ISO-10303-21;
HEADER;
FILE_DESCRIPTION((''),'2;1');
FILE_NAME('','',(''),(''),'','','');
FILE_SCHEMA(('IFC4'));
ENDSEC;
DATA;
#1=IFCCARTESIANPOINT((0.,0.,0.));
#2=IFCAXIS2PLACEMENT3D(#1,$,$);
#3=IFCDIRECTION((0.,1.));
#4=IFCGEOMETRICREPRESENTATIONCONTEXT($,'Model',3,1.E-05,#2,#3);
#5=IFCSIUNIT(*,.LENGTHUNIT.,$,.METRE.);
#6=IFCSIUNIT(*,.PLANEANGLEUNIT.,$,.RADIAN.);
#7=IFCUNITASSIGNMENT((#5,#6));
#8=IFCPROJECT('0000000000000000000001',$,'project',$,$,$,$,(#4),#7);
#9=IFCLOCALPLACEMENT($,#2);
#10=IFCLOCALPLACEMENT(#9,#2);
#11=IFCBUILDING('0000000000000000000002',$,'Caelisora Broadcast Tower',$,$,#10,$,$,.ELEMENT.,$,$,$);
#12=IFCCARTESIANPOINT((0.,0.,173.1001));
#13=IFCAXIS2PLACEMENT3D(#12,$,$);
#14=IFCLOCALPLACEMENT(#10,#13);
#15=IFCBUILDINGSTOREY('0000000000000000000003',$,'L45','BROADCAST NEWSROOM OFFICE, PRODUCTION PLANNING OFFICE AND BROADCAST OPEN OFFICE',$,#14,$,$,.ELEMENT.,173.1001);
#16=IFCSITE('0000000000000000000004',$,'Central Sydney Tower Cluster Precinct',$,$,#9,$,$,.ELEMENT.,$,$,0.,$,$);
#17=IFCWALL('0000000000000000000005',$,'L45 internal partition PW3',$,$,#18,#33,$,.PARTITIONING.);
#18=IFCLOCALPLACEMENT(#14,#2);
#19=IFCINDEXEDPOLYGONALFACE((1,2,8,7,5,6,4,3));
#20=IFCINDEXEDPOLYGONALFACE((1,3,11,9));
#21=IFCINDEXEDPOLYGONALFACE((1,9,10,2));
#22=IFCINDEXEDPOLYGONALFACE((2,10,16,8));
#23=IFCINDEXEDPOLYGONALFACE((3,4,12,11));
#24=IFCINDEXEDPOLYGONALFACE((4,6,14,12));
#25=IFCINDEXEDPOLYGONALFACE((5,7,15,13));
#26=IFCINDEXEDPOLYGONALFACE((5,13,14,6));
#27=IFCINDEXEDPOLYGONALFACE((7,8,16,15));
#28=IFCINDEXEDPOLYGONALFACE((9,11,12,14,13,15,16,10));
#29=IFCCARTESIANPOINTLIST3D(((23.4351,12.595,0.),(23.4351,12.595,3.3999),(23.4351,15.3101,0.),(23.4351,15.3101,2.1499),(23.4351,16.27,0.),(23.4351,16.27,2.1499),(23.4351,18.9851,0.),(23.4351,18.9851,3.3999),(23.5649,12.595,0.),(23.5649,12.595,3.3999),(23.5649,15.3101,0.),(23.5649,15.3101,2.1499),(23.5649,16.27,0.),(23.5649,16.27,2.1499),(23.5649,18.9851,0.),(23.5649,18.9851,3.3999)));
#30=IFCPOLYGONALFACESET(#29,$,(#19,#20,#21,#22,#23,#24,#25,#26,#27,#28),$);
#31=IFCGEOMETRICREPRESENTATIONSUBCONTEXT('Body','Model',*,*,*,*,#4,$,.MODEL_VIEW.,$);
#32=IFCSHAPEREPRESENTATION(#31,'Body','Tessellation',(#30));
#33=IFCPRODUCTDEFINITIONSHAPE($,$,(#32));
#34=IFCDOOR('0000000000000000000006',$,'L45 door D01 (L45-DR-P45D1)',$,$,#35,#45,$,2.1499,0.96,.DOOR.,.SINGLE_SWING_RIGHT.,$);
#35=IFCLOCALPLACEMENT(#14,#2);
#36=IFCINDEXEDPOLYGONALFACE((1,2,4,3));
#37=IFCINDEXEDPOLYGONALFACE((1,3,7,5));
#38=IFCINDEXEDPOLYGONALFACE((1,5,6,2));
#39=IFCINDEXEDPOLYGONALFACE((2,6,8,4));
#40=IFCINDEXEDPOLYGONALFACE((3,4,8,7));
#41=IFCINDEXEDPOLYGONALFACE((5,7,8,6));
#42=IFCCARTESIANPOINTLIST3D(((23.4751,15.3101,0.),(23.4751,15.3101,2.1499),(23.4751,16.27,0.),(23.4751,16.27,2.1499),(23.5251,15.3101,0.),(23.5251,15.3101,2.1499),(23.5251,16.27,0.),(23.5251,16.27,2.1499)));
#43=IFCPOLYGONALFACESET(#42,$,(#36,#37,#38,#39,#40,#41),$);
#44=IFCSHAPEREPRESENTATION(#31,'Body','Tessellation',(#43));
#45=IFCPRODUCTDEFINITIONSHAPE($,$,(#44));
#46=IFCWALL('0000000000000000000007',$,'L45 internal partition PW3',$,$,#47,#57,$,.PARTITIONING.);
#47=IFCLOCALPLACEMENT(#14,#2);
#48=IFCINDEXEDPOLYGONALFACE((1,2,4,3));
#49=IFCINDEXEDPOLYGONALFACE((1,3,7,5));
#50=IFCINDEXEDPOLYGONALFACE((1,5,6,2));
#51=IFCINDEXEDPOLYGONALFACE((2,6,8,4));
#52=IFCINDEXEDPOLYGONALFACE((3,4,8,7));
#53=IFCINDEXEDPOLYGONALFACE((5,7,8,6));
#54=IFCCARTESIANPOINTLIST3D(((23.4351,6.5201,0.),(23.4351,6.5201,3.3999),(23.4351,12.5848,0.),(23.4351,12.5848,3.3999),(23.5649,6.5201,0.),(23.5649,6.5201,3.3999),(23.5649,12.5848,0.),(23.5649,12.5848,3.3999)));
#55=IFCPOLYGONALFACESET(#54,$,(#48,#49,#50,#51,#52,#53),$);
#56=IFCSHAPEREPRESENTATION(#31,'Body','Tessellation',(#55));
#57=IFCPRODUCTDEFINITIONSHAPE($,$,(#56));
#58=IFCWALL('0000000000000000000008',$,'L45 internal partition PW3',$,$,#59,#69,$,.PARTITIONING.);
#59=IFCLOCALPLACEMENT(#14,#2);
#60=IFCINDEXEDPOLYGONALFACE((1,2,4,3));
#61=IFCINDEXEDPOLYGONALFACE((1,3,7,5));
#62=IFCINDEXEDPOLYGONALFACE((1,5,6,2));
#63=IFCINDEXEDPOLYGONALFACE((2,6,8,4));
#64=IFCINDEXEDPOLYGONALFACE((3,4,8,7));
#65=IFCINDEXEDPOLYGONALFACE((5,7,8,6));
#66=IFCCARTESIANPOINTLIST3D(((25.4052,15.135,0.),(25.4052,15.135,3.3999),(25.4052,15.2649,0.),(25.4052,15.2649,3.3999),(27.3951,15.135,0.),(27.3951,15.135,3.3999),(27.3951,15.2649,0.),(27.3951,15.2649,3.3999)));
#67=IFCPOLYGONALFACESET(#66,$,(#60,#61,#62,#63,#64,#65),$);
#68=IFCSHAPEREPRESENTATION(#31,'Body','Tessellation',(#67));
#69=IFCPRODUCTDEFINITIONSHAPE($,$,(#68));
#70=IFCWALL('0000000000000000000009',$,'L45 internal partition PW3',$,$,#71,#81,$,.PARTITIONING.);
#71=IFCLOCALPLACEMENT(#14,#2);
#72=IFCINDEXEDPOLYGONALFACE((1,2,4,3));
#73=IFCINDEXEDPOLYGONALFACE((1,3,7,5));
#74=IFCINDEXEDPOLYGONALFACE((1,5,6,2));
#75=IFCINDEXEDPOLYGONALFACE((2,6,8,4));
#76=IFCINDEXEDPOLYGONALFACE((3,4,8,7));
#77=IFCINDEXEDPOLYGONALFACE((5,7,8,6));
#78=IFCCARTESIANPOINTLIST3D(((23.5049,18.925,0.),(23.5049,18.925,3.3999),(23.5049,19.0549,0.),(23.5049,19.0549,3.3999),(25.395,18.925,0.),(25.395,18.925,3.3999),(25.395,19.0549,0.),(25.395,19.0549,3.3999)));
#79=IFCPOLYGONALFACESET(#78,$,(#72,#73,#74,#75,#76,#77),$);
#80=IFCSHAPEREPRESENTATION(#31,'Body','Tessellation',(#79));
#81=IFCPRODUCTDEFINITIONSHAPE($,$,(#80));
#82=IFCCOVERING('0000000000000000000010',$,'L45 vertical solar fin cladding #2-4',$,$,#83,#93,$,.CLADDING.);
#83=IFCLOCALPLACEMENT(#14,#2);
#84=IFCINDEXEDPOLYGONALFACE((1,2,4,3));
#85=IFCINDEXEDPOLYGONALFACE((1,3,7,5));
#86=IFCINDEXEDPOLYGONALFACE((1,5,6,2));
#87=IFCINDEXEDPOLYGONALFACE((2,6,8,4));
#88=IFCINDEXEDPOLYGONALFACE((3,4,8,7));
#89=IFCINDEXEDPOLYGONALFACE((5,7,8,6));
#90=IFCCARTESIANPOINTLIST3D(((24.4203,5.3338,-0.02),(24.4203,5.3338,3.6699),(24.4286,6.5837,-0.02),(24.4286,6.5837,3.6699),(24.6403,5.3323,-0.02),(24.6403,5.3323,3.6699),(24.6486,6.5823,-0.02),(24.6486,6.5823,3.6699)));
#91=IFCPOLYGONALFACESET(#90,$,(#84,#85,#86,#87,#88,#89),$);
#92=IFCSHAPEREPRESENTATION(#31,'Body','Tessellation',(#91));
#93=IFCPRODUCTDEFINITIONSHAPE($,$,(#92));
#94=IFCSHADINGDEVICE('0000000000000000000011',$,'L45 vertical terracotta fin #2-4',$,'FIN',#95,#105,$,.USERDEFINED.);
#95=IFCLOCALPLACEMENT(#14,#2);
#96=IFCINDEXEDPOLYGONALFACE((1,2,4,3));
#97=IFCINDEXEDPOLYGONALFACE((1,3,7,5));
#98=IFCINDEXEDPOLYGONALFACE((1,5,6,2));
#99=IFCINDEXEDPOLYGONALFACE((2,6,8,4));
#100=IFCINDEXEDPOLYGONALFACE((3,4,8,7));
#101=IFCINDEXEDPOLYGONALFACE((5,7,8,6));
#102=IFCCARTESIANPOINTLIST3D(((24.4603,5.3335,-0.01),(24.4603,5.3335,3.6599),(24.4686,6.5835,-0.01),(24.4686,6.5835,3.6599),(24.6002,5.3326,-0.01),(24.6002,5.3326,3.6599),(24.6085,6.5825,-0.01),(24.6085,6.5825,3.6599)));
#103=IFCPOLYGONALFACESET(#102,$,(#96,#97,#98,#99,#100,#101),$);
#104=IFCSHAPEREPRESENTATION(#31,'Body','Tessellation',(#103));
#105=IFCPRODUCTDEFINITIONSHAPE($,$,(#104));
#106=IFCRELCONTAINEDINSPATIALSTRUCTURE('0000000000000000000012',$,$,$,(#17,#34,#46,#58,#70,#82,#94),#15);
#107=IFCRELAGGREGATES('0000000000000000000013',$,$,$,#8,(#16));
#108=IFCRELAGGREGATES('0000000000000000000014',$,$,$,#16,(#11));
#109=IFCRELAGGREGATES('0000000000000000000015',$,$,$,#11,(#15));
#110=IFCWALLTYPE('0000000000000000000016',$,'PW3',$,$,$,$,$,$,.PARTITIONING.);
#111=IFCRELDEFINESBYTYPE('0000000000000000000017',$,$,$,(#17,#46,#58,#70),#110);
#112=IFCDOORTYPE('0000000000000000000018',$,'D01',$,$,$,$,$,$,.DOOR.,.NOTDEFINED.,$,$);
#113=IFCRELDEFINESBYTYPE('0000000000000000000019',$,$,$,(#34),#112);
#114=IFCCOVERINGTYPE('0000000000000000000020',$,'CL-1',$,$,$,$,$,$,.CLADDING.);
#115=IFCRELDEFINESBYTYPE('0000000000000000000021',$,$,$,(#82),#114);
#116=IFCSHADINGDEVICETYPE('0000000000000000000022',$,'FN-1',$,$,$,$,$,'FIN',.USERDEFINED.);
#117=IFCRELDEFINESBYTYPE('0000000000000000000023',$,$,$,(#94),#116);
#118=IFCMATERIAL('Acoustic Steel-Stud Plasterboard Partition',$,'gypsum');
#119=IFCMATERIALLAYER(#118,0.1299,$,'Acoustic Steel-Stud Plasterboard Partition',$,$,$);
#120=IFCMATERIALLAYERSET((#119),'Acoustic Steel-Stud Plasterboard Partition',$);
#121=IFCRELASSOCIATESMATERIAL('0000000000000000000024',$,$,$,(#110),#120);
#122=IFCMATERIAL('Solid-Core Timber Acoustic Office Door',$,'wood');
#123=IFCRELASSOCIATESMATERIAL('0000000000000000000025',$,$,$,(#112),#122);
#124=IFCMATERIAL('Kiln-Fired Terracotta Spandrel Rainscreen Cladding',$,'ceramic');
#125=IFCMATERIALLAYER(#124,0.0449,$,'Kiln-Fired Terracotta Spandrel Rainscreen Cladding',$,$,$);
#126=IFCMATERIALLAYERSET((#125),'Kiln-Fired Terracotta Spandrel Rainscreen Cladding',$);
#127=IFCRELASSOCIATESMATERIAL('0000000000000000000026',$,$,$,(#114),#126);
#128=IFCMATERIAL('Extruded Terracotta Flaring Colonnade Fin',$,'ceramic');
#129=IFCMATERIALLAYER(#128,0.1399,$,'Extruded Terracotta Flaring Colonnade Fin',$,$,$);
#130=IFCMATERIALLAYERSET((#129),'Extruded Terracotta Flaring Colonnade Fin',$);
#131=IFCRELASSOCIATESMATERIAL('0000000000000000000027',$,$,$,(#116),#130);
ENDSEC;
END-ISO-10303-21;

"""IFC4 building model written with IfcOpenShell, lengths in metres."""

from ifc_helpers import new_model, si_unit, direction, frame, frame_2d, origin, origin_2d, place, context, subcontext, project, spatial, rectangle, extrude, source, transform, mapped, material, layer, layer_set, type_object, type_shapes, element, fill, save


model = new_model("IFC4")

# Units and contexts
model_context = context("Model", 3, precision=1e-05, world=origin(), true_north=direction((0.0, 1.0)))
body_context = subcontext(model_context, "Body", "Model", "MODEL_VIEW")
ifc_project = project(units=[si_unit("LENGTHUNIT", "METRE"), si_unit("PLANEANGLEUNIT", "RADIAN")], contexts=[model_context])

# Site, building, storey
site_placement = place(None, origin())
site = spatial("IfcSite", under=ifc_project, at=site_placement, Name="Central Sydney Tower Cluster Precinct", CompositionType="ELEMENT", RefElevation=0.0)
building_placement = place(site_placement, origin())
building = spatial("IfcBuilding", under=site, at=building_placement, Name="Caelisora Broadcast Tower", CompositionType="ELEMENT")
storey_placement = place(building_placement, frame((0.0, 0.0, 173.1001)))
storey = spatial("IfcBuildingStorey", under=building, at=storey_placement, Name="L45", Description="BROADCAST NEWSROOM OFFICE, PRODUCTION PLANNING OFFICE AND BROADCAST OPEN OFFICE", CompositionType="ELEMENT", Elevation=173.1001)

# Wall, opening, door
ifc_material_1 = material(Name="Acoustic Steel-Stud Plasterboard Partition", Category="gypsum")
ifc_layer_1 = layer(ifc_material_1, 0.1299, Name="Acoustic Steel-Stud Plasterboard Partition")
ifc_layer_set_1 = layer_set([ifc_layer_1], Name="Acoustic Steel-Stud Plasterboard Partition")
wall_type = type_object("IfcWallType", Name="PW3", PredefinedType="PARTITIONING", material=ifc_layer_set_1)
ifc_material_2 = material(Name="Solid-Core Timber Acoustic Office Door", Category="wood")
door_type = type_object("IfcDoorType", Name="D01", OperationType="NOTDEFINED", PredefinedType="DOOR", material=ifc_material_2)
wall_1_placement = place(storey_placement, frame((23.5, 12.595, 0.0), z_axis=(0.0, 0.0, 1.0), x_axis=(0.0, 1.0, 0.0)))
wall_1 = element("IfcWall", 1, at=wall_1_placement, inside=storey, type_object=wall_type, Name="L45 internal partition PW3", PredefinedType="PARTITIONING", context=body_context, shape_type="SweptSolid", body=[
    extrude(rectangle(XDim=6.3901, YDim=0.1299, at=frame_2d((3.1951, 0.0))), origin(), (0.0, 0.0, 1.0), 3.3999),
])
opening_1_placement = place(wall_1_placement, frame((2.7151, 0.0, 0.0)))
opening_1 = element("IfcOpeningElement", 2, at=opening_1_placement, cuts=wall_1, PredefinedType="OPENING", context=body_context, shape_type="SweptSolid", body=[
    extrude(rectangle(XDim=0.96, YDim=2.1499, at=frame_2d((0.48, 1.075))), frame((0.0, 0.0769, 0.0), z_axis=(0.0, -1.0, 0.0), x_axis=(1.0, 0.0, 0.0)), (0.0, 0.0, 1.0), 0.1538),
])
door_1_placement = place(opening_1_placement, origin())
door_1 = element("IfcDoor", 3, at=door_1_placement, inside=storey, type_object=door_type, Name="L45 door D01 (L45-DR-P45D1)", OperationType="SINGLE_SWING_RIGHT", OverallHeight=2.1499, OverallWidth=0.96, PredefinedType="DOOR", context=body_context, shape_type="SweptSolid", body=[
    extrude(rectangle(XDim=0.96, YDim=2.1499, at=frame_2d((0.48, 1.075))), frame((0.0, 0.0249, 0.0), z_axis=(0.0, -1.0, 0.0), x_axis=(1.0, 0.0, 0.0)), (0.0, 0.0, 1.0), 0.05),
])
fill(opening_1, door_1)

# Wall
wall_2_placement = place(storey_placement, frame((23.5, 6.5203, 0.0), z_axis=(0.0, 0.0, 1.0), x_axis=(0.0, 1.0, 0.0)))
element("IfcWall", 4, at=wall_2_placement, inside=storey, type_object=wall_type, Name="L45 internal partition PW3", PredefinedType="PARTITIONING", context=body_context, shape_type="SweptSolid", body=[
    extrude(rectangle(XDim=6.0647, YDim=0.1299, at=frame_2d((3.0322, 0.0))), origin(), (0.0, 0.0, 1.0), 3.3999),
])

# Walls
wall_3_placement = place(storey_placement, frame((25.405, 15.2, 0.0), z_axis=(0.0, 0.0, 1.0), x_axis=(1.0, 0.0, 0.0)))
element("IfcWall", 5, at=wall_3_placement, inside=storey, type_object=wall_type, Name="L45 internal partition PW3", PredefinedType="PARTITIONING", context=body_context, shape_type="SweptSolid", body=[
    extrude(rectangle(XDim=1.99, YDim=0.1299, at=frame_2d((0.9951, 0.0))), origin(), (0.0, 0.0, 1.0), 3.3999),
])
wall_4_placement = place(storey_placement, frame((23.5049, 18.99, 0.0), z_axis=(0.0, 0.0, 1.0), x_axis=(1.0, 0.0, 0.0)))
element("IfcWall", 6, at=wall_4_placement, inside=storey, type_object=wall_type, Name="L45 internal partition PW3", PredefinedType="PARTITIONING", context=body_context, shape_type="SweptSolid", body=[
    extrude(rectangle(XDim=1.8901, YDim=0.1299, at=frame_2d((0.9451, 0.0))), origin(), (0.0, 0.0, 1.0), 3.3999),
])

# Covering
ifc_material_3 = material(Name="Kiln-Fired Terracotta Spandrel Rainscreen Cladding", Category="ceramic")
ifc_layer_2 = layer(ifc_material_3, 0.0449, Name="Kiln-Fired Terracotta Spandrel Rainscreen Cladding")
ifc_layer_set_2 = layer_set([ifc_layer_2], Name="Kiln-Fired Terracotta Spandrel Rainscreen Cladding")
covering_type = type_object("IfcCoveringType", Name="CL-1", PredefinedType="CLADDING", material=ifc_layer_set_2)
shared_shape_1 = source(origin(), body_context, "Body", "SweptSolid", [
    extrude(rectangle(XDim=0.22, YDim=1.25, at=origin_2d()), origin(), (0.0, 0.0, 1.0), 3.6899),
])
type_shapes(covering_type, [shared_shape_1])
covering_placement = place(storey_placement, frame((24.5344, 5.958, -0.02), z_axis=(0.0, 0.0, 1.0), x_axis=(-0.999978, 0.006632, 0.0)))
element("IfcCovering", 7, at=covering_placement, inside=storey, type_object=covering_type, Name="L45 vertical solar fin cladding #2-4", PredefinedType="CLADDING", context=body_context, shape_type="MappedRepresentation", body=[
    mapped(shared_shape_1, transform((0.0, 0.0, 0.0), scale=1.0)),
])

# Shading device
ifc_material_4 = material(Name="Extruded Terracotta Flaring Colonnade Fin", Category="ceramic")
ifc_layer_3 = layer(ifc_material_4, 0.1399, Name="Extruded Terracotta Flaring Colonnade Fin")
ifc_layer_set_3 = layer_set([ifc_layer_3], Name="Extruded Terracotta Flaring Colonnade Fin")
shading_device_type = type_object("IfcShadingDeviceType", Name="FN-1", ElementType="FIN", PredefinedType="USERDEFINED", material=ifc_layer_set_3)
shared_shape_2 = source(origin(), body_context, "Body", "SweptSolid", [
    extrude(rectangle(XDim=0.1399, YDim=1.25, at=origin_2d()), origin(), (0.0, 0.0, 1.0), 3.6699),
])
type_shapes(shading_device_type, [shared_shape_2])
shading_device_placement = place(storey_placement, frame((24.5344, 5.958, -0.01), z_axis=(0.0, 0.0, 1.0), x_axis=(-0.999978, 0.006632, 0.0)))
element("IfcShadingDevice", 8, at=shading_device_placement, inside=storey, type_object=shading_device_type, Name="L45 vertical terracotta fin #2-4", ObjectType="FIN", PredefinedType="USERDEFINED", context=body_context, shape_type="MappedRepresentation", body=[
    mapped(shared_shape_2, transform((0.0, 0.0, 0.0), scale=1.0)),
])

save(model, "model.ifc")
